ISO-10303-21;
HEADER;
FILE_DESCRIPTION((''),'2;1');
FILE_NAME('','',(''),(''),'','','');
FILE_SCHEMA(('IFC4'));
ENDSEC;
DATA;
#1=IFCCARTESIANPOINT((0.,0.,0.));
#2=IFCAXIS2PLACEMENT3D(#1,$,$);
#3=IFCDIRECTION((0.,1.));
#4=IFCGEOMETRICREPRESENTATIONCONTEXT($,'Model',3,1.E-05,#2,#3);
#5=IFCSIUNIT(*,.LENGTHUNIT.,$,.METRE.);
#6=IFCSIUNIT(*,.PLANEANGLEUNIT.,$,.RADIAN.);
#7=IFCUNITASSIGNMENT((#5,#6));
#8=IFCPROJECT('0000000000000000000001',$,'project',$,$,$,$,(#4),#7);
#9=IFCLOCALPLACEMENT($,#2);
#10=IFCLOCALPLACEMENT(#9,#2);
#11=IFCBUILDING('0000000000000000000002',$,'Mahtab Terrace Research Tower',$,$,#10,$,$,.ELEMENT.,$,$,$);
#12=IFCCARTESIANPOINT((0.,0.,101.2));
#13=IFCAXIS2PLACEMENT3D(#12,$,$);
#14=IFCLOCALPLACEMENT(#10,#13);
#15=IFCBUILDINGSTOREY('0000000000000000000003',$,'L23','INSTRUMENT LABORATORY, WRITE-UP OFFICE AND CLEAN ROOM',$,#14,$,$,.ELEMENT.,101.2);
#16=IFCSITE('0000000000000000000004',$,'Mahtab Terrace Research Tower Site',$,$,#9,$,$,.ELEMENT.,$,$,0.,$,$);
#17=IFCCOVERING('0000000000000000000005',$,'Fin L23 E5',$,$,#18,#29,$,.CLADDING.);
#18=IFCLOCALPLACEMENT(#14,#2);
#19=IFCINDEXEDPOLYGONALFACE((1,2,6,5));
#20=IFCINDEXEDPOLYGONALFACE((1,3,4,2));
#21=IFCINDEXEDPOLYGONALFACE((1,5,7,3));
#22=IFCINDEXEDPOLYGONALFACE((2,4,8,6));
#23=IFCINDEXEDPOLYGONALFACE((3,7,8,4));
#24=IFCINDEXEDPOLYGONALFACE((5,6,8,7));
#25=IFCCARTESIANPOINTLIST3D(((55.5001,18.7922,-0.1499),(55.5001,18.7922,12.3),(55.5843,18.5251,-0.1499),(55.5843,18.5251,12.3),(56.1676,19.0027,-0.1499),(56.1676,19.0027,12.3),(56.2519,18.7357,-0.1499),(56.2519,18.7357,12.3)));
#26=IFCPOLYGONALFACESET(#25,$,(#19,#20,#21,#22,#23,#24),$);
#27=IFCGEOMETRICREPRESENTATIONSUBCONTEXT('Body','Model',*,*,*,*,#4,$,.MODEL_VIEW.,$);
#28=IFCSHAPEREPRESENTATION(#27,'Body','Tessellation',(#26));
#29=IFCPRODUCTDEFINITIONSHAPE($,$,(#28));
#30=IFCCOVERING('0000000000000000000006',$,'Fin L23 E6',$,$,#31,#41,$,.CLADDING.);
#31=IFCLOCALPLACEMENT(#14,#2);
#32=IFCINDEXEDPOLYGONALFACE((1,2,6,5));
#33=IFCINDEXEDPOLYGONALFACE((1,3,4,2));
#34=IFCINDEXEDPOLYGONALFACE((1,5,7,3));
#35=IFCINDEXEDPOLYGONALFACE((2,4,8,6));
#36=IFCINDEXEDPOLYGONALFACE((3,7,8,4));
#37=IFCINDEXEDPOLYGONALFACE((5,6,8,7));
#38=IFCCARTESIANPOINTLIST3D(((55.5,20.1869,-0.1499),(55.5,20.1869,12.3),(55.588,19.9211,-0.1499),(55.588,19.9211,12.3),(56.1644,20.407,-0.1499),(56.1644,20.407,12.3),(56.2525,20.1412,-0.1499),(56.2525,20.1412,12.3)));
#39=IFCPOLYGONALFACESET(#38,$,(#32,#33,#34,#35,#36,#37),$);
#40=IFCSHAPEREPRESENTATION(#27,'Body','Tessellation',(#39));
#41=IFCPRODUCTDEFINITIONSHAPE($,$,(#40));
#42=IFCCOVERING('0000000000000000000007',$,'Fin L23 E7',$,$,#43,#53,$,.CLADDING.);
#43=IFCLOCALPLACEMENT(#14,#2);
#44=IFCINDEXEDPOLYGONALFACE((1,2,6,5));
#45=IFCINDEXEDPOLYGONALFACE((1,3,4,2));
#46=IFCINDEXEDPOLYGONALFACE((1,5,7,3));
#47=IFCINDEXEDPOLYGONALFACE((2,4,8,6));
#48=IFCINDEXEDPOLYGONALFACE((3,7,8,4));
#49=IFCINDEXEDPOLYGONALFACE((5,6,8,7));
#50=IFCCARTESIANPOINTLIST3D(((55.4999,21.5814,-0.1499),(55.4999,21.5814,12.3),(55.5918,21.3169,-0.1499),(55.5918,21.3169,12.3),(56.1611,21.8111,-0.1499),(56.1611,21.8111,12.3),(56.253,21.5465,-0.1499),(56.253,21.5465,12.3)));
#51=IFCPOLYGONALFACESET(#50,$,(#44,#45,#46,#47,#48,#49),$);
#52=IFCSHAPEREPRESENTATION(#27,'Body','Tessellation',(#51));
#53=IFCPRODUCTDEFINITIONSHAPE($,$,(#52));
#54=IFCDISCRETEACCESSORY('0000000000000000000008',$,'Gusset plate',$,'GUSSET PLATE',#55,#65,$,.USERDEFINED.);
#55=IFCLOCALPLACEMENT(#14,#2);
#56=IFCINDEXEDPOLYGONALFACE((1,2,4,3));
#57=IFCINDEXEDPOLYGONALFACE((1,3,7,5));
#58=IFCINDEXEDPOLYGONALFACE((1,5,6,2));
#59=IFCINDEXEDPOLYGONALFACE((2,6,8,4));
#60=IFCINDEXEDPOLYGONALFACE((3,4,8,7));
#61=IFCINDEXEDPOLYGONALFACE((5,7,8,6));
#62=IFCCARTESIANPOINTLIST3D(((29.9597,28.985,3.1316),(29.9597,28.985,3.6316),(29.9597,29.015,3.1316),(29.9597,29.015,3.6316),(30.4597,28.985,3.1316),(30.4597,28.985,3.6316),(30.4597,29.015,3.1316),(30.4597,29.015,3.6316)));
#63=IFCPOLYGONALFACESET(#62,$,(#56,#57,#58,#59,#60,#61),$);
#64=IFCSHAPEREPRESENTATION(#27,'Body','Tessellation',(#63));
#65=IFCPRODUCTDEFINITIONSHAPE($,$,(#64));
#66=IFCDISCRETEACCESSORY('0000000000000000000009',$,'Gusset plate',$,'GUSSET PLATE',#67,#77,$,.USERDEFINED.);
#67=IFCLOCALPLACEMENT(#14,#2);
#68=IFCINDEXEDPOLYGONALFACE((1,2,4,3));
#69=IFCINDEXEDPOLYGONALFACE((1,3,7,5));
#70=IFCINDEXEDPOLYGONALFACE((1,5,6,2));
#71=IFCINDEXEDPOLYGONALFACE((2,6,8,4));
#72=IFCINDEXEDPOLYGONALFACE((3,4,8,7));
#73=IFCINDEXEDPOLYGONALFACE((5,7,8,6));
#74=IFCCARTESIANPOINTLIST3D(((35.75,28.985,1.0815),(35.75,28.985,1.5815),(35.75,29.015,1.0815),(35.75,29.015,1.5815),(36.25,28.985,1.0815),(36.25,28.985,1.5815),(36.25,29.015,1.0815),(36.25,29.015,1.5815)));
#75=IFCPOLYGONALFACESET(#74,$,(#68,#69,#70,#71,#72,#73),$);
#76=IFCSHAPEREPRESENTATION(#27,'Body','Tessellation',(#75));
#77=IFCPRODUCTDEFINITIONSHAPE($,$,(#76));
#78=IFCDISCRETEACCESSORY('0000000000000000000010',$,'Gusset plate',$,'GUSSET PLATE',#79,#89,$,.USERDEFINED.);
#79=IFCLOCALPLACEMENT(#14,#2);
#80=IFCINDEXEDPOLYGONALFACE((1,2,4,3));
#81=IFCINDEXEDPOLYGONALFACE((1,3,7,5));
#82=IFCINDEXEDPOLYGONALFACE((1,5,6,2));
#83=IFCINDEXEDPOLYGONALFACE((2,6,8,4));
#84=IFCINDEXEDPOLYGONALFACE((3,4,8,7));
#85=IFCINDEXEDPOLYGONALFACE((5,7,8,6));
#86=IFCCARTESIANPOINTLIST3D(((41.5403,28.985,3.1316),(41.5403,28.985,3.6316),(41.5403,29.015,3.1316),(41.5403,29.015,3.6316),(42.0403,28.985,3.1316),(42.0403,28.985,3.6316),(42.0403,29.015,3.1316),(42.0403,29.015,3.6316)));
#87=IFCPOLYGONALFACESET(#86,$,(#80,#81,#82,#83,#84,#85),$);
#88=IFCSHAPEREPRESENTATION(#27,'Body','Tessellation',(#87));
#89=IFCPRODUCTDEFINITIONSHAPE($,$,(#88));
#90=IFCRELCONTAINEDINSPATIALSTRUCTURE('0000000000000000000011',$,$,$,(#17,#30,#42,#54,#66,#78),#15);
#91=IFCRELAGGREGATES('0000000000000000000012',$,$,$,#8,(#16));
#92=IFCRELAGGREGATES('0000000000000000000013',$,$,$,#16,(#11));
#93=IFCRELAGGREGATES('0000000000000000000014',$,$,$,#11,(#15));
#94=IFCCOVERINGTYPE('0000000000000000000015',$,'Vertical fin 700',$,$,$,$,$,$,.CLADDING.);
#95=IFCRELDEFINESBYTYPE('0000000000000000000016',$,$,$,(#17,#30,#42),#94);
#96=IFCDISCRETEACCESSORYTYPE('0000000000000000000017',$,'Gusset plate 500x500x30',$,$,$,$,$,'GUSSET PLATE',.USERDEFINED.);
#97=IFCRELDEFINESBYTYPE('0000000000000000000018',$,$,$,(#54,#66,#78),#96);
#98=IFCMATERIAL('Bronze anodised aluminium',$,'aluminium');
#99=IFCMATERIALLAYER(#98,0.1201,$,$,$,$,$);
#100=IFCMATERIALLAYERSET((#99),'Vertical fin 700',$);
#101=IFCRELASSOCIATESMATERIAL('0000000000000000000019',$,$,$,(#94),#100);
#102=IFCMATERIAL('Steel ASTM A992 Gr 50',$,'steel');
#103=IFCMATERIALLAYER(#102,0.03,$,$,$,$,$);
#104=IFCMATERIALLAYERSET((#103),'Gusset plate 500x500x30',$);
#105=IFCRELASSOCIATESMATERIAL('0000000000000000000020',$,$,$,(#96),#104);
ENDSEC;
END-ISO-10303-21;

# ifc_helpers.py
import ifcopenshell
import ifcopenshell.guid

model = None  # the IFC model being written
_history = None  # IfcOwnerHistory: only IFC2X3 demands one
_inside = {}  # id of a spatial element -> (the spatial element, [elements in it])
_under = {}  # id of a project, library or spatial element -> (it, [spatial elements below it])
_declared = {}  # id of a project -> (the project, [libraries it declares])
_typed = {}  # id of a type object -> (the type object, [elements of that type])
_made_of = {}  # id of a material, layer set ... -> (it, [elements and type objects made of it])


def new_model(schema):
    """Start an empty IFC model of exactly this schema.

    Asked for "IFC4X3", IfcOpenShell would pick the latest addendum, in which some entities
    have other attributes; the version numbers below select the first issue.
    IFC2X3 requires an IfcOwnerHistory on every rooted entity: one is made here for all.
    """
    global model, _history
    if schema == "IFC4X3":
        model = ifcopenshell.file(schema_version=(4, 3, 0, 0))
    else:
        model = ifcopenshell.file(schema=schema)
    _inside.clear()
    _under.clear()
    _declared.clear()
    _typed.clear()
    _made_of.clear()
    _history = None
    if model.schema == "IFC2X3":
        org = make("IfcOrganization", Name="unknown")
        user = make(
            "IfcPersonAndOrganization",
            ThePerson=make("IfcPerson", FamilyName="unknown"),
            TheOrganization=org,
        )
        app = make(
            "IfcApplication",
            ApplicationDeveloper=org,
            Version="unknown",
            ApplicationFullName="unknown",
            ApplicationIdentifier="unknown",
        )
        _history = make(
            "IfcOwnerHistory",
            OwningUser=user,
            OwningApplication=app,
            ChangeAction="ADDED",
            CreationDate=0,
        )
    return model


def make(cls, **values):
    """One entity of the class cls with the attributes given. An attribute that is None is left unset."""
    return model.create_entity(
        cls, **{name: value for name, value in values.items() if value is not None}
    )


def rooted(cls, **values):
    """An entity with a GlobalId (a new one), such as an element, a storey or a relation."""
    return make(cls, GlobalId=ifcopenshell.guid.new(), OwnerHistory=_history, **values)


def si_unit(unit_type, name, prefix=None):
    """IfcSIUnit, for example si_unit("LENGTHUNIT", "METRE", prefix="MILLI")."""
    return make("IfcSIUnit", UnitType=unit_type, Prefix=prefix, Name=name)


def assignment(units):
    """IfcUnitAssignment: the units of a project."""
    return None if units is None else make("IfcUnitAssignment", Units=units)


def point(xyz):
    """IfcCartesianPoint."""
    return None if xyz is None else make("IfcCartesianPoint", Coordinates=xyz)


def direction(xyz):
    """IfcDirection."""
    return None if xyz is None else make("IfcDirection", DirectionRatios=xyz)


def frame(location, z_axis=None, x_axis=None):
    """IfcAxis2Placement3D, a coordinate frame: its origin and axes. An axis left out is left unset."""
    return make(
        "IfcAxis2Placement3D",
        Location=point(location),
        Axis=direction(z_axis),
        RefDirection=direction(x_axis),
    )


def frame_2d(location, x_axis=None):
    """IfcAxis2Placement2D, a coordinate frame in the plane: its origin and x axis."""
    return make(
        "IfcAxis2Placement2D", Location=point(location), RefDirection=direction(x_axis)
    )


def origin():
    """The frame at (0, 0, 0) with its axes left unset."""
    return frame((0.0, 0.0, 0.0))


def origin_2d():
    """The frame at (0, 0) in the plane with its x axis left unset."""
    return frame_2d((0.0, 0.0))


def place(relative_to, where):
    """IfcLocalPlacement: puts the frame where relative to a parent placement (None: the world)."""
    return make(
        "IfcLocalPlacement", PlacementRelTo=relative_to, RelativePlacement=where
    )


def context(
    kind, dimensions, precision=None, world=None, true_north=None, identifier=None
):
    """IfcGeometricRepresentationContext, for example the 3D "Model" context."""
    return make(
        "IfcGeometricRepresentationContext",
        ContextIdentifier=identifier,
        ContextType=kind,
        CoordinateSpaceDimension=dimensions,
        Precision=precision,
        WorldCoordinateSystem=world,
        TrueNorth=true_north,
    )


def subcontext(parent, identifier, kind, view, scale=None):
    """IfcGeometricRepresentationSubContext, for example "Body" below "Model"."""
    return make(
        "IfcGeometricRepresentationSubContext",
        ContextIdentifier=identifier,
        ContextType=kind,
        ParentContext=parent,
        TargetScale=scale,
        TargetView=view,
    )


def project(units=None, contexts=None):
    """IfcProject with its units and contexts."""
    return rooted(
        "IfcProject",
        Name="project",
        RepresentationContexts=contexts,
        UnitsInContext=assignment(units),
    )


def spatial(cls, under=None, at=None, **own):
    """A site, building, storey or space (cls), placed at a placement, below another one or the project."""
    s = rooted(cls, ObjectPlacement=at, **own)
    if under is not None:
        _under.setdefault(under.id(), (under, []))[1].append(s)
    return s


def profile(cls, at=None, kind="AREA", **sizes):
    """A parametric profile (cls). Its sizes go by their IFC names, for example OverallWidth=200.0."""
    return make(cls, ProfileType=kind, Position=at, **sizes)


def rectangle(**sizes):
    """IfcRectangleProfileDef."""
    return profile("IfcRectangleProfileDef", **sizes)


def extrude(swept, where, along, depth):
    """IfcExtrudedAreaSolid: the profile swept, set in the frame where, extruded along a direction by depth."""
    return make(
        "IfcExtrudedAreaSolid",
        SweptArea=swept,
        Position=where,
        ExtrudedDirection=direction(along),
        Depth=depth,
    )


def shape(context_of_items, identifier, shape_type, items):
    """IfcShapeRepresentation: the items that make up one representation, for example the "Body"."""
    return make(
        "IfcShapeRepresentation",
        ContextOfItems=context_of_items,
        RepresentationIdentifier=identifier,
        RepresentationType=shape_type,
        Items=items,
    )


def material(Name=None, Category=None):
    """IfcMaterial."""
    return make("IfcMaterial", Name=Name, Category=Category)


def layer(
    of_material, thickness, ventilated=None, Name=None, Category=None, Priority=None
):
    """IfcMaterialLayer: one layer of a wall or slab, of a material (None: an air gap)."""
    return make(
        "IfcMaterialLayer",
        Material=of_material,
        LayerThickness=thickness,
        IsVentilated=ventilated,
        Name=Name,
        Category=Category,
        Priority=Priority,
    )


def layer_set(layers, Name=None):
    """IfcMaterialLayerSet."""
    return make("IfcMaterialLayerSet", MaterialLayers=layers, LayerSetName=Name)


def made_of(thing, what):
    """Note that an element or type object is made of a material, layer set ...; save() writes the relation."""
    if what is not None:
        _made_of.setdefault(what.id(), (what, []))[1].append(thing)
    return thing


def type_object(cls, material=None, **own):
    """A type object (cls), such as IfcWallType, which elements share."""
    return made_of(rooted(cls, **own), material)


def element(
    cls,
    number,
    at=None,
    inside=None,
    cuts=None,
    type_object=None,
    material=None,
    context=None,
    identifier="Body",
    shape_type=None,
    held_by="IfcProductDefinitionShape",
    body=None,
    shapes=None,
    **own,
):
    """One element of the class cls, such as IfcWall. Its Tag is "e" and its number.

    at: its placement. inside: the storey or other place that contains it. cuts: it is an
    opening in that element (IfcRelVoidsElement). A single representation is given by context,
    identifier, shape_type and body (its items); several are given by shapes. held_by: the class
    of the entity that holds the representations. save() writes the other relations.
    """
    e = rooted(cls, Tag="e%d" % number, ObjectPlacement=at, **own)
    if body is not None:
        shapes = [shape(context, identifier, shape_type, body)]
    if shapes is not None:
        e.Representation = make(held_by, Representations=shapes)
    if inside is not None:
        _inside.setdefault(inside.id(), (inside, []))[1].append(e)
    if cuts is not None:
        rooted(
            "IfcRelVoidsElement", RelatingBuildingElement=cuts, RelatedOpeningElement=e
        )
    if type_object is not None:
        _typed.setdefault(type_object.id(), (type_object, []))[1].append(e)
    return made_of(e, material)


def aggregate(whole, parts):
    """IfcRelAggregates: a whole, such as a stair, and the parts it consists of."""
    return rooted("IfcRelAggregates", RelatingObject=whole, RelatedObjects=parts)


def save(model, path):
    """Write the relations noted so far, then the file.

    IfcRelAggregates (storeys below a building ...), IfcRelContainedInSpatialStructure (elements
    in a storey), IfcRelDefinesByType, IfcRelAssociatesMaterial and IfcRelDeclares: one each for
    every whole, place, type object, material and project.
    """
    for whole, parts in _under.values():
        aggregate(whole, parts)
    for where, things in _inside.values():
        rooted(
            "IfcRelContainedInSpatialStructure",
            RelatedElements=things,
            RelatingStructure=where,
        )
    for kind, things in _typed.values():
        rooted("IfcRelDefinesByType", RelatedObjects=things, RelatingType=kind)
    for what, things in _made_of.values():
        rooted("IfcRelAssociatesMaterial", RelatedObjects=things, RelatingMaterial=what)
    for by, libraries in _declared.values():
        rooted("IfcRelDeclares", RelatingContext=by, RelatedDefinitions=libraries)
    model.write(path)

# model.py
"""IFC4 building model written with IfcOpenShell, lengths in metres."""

from ifc_helpers import new_model, si_unit, direction, frame, origin, origin_2d, place, context, subcontext, project, spatial, rectangle, extrude, material, layer, layer_set, type_object, element, save


model = new_model("IFC4")

# Units and contexts
model_context = context("Model", 3, precision=1e-05, world=origin(), true_north=direction((0.0, 1.0)))
body_context = subcontext(model_context, "Body", "Model", "MODEL_VIEW")
ifc_project = project(units=[si_unit("LENGTHUNIT", "METRE"), si_unit("PLANEANGLEUNIT", "RADIAN")], contexts=[model_context])

# Site, building, storey
site_placement = place(None, origin())
site = spatial("IfcSite", under=ifc_project, at=site_placement, Name="Mahtab Terrace Research Tower Site", CompositionType="ELEMENT", RefElevation=0.0)
building_placement = place(site_placement, origin())
building = spatial("IfcBuilding", under=site, at=building_placement, Name="Mahtab Terrace Research Tower", CompositionType="ELEMENT")
storey_placement = place(building_placement, frame((0.0, 0.0, 101.2)))
storey = spatial("IfcBuildingStorey", under=building, at=storey_placement, Name="L23", Description="INSTRUMENT LABORATORY, WRITE-UP OFFICE AND CLEAN ROOM", CompositionType="ELEMENT", Elevation=101.2)

# Shared definitions
ifc_material_1 = material(Name="Steel ASTM A992 Gr 50", Category="steel")

# Coverings
ifc_material_2 = material(Name="Bronze anodised aluminium", Category="aluminium")
ifc_layer_1 = layer(ifc_material_2, 0.1201)
ifc_layer_set_1 = layer_set([ifc_layer_1], Name="Vertical fin 700")
covering_type_1 = type_object("IfcCoveringType", Name="Vertical fin 700", PredefinedType="CLADDING", material=ifc_layer_set_1)
for number, where, z_axis, x_axis, name in (
    (1, (55.876, 18.7639, -0.1499), (0.0, 0.0, 1.0), (-0.300843, 0.953674, 0.0), "Fin L23 E5"),
    (2, (55.8762, 20.1641, -0.1499), (0.0, 0.0, 1.0), (-0.314519, 0.949251, 0.0), "Fin L23 E6"),
    (3, (55.8765, 21.564, -0.1499), (0.0, 0.0, 1.0), (-0.32813, 0.944633, 0.0), "Fin L23 E7"),
):
    element("IfcCovering", number, at=place(storey_placement, frame(where, z_axis=z_axis, x_axis=x_axis)), inside=storey, type_object=covering_type_1, Name=name, PredefinedType="CLADDING", context=body_context, shape_type="SweptSolid", body=[
        extrude(rectangle(XDim=0.28, YDim=0.7, at=origin_2d()), origin(), (0.0, 0.0, 1.0), 12.45),
    ])

# Discrete accessories
ifc_layer_2 = layer(ifc_material_1, 0.03)
ifc_layer_set_2 = layer_set([ifc_layer_2], Name="Gusset plate 500x500x30")
discrete_accessory_type = type_object("IfcDiscreteAccessoryType", Name="Gusset plate 500x500x30", ElementType="GUSSET PLATE", PredefinedType="USERDEFINED", material=ifc_layer_set_2)
for number, where, z_axis, x_axis, name in (
    (4, (30.2097, 29.0, 3.1316), (0.0, 0.0, 1.0), (1.0, 0.0, 0.0), "Gusset plate"),
    (5, (36.0, 29.0, 1.0815), (0.0, 0.0, 1.0), (1.0, 0.0, 0.0), "Gusset plate"),
    (6, (41.7903, 29.0, 3.1316), (0.0, 0.0, 1.0), (1.0, 0.0, 0.0), "Gusset plate"),
):
    element("IfcDiscreteAccessory", number, at=place(storey_placement, frame(where, z_axis=z_axis, x_axis=x_axis)), inside=storey, type_object=discrete_accessory_type, Name=name, ObjectType="GUSSET PLATE", PredefinedType="USERDEFINED", context=body_context, shape_type="SweptSolid", body=[
        extrude(rectangle(XDim=0.5, YDim=0.03, at=origin_2d()), origin(), (0.0, 0.0, 1.0), 0.5),
    ])

save(model, "model.ifc")
